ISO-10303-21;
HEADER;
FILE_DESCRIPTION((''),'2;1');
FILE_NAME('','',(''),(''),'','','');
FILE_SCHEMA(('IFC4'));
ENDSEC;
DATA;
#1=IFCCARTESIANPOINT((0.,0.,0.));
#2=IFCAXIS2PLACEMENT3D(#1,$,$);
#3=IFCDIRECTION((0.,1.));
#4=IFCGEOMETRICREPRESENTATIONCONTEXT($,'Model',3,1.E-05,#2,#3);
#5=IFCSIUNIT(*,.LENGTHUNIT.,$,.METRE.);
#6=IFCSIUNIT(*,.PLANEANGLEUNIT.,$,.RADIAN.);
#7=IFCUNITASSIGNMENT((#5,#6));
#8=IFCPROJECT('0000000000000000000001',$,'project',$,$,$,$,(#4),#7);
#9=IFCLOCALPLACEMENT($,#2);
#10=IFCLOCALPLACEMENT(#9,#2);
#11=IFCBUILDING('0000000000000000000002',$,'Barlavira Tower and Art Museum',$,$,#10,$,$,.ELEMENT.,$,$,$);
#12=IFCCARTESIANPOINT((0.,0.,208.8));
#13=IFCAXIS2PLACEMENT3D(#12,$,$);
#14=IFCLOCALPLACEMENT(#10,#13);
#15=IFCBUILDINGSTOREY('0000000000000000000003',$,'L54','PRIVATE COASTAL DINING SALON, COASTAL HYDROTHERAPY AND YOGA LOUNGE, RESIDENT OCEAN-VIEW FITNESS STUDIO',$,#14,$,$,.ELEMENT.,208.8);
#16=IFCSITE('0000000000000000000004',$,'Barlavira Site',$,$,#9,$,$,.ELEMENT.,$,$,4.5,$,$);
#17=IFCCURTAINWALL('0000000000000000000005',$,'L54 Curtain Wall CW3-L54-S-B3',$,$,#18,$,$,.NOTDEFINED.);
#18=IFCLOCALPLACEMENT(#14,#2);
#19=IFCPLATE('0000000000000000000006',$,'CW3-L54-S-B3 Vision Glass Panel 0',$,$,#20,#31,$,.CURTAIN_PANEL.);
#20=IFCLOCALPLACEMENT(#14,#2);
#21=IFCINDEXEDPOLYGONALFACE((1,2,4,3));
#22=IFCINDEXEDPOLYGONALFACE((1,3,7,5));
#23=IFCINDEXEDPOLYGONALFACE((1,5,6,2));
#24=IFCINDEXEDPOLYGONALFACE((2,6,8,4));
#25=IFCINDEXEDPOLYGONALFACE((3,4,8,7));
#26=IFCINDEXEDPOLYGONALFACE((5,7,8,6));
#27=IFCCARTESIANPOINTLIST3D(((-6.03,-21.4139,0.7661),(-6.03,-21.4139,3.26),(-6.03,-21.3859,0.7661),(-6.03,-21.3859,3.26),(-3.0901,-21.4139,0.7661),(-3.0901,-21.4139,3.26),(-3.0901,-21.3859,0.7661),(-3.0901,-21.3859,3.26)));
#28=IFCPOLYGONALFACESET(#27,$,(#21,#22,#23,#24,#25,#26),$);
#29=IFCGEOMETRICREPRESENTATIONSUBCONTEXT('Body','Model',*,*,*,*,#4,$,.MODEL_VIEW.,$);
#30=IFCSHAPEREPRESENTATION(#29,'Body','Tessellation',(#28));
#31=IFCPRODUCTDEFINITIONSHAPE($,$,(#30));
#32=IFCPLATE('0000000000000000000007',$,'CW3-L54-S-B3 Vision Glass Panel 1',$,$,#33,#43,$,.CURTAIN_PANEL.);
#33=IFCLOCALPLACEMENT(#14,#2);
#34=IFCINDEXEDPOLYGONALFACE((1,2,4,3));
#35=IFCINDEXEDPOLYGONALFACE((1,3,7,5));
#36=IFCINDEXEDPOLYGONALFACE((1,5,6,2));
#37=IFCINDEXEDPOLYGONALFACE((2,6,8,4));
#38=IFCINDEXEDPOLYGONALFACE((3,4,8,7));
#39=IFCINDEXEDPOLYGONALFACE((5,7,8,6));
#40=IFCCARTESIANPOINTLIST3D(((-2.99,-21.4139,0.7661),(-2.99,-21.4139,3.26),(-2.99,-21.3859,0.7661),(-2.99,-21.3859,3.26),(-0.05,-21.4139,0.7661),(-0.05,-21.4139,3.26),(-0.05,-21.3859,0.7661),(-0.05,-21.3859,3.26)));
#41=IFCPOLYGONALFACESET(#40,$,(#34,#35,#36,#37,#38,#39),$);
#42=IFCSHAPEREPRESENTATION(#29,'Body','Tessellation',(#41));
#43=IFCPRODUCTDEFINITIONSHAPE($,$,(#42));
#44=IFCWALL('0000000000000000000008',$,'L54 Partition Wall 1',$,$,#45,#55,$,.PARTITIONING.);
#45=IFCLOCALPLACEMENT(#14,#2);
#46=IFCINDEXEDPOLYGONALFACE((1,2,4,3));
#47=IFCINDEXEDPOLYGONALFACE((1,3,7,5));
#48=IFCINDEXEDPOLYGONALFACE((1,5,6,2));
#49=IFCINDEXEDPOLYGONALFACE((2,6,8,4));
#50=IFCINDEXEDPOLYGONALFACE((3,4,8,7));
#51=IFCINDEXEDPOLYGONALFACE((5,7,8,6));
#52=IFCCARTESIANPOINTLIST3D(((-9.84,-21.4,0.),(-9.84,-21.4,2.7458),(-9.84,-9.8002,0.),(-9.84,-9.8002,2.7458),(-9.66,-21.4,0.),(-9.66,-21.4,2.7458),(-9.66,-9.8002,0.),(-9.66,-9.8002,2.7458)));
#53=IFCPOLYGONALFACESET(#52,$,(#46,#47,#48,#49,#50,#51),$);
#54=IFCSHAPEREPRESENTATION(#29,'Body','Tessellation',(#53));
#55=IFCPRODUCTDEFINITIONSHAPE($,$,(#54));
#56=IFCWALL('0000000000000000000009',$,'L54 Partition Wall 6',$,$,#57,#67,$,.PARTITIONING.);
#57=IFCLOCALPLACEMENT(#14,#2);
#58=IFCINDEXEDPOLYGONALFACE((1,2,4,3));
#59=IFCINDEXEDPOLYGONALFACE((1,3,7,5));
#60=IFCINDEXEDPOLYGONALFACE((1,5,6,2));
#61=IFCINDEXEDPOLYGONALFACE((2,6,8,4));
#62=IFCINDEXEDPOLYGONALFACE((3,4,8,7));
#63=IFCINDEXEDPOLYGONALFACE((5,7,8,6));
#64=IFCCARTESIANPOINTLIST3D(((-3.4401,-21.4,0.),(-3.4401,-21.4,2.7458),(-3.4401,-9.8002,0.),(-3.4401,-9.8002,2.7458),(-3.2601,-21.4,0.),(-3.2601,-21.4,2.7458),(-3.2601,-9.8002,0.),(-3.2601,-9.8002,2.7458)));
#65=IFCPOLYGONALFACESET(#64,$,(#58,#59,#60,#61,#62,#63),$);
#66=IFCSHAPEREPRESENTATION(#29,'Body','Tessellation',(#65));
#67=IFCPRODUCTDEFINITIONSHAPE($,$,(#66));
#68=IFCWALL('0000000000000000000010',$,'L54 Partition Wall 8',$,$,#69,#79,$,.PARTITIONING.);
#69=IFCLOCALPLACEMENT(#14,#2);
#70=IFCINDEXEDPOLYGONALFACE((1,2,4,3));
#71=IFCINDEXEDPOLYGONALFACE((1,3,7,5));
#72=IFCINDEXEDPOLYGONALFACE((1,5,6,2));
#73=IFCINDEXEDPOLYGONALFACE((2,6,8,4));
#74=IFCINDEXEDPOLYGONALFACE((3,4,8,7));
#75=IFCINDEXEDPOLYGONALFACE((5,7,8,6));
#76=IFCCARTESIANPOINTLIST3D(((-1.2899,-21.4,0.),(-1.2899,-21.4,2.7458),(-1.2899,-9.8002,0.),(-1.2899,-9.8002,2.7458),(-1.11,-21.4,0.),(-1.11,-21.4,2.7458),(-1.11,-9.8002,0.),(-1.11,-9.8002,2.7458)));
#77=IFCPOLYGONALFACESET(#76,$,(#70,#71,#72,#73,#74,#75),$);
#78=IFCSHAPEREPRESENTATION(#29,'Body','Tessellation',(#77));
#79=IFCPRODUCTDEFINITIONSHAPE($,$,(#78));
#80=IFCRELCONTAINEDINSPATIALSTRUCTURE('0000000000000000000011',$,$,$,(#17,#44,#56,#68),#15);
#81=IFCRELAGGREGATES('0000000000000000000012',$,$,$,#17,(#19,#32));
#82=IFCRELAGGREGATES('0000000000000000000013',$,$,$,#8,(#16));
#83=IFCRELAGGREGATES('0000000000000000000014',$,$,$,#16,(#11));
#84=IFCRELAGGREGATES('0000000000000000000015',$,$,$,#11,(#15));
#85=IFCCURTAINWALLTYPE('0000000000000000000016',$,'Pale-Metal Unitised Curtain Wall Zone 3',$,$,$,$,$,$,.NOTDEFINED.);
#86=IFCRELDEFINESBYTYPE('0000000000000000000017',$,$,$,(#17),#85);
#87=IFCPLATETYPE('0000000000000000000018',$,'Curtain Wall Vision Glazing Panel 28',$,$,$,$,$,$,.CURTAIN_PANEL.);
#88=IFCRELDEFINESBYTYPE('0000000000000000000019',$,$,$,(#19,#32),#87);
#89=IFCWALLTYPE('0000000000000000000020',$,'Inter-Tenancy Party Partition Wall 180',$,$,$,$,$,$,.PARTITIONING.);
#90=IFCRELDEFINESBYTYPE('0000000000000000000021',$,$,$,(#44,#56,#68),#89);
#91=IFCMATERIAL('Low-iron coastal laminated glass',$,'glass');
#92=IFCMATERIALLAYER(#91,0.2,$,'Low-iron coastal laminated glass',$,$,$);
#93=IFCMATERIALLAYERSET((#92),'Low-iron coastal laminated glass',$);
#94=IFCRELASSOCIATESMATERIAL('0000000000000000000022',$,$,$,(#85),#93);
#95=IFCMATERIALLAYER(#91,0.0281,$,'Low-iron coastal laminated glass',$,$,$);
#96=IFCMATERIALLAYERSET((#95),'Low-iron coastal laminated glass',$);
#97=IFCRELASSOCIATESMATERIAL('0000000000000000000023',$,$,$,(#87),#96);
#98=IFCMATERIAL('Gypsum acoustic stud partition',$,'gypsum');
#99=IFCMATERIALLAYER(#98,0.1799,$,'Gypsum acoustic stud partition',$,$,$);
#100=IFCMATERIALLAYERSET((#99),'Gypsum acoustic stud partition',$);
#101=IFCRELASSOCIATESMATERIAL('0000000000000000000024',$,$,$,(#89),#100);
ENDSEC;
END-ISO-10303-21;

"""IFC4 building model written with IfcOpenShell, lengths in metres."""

from ifc_helpers import new_model, si_unit, direction, frame, frame_2d, origin, origin_2d, place, context, subcontext, project, spatial, rectangle, extrude, material, layer, layer_set, type_object, element, aggregate, save


model = new_model("IFC4")

# Units and contexts
model_context = context("Model", 3, precision=1e-05, world=origin(), true_north=direction((0.0, 1.0)))
body_context = subcontext(model_context, "Body", "Model", "MODEL_VIEW")
ifc_project = project(units=[si_unit("LENGTHUNIT", "METRE"), si_unit("PLANEANGLEUNIT", "RADIAN")], contexts=[model_context])

# Site, building, storey
site_placement = place(None, origin())
site = spatial("IfcSite", under=ifc_project, at=site_placement, Name="Barlavira Site", CompositionType="ELEMENT", RefElevation=4.5)
building_placement = place(site_placement, origin())
building = spatial("IfcBuilding", under=site, at=building_placement, Name="Barlavira Tower and Art Museum", CompositionType="ELEMENT")
storey_placement = place(building_placement, frame((0.0, 0.0, 208.8)))
storey = spatial("IfcBuildingStorey", under=building, at=storey_placement, Name="L54", Description="PRIVATE COASTAL DINING SALON, COASTAL HYDROTHERAPY AND YOGA LOUNGE, RESIDENT OCEAN-VIEW FITNESS STUDIO", CompositionType="ELEMENT", Elevation=208.8)

# Curtain wall
ifc_material_1 = material(Name="Low-iron coastal laminated glass", Category="glass")
ifc_layer_1 = layer(ifc_material_1, 0.2, Name="Low-iron coastal laminated glass")
ifc_layer_set_1 = layer_set([ifc_layer_1], Name="Low-iron coastal laminated glass")
curtain_wall_type = type_object("IfcCurtainWallType", Name="Pale-Metal Unitised Curtain Wall Zone 3", PredefinedType="NOTDEFINED", material=ifc_layer_set_1)
curtain_wall_placement = place(storey_placement, origin())
curtain_wall = element("IfcCurtainWall", 1, at=curtain_wall_placement, inside=storey, type_object=curtain_wall_type, Name="L54 Curtain Wall CW3-L54-S-B3", PredefinedType="NOTDEFINED")

# Plates
ifc_layer_2 = layer(ifc_material_1, 0.0281, Name="Low-iron coastal laminated glass")
ifc_layer_set_2 = layer_set([ifc_layer_2], Name="Low-iron coastal laminated glass")
plate_type_1 = type_object("IfcPlateType", Name="Curtain Wall Vision Glazing Panel 28", PredefinedType="CURTAIN_PANEL", material=ifc_layer_set_2)
plate_1_placement = place(storey_placement, frame((-4.5601, -21.3999, 0.7661), z_axis=(0.0, 0.0, 1.0), x_axis=(1.0, 0.0, 0.0)))
plate_1 = element("IfcPlate", 2, at=plate_1_placement, type_object=plate_type_1, Name="CW3-L54-S-B3 Vision Glass Panel 0", PredefinedType="CURTAIN_PANEL", context=body_context, shape_type="SweptSolid", body=[
    extrude(rectangle(XDim=2.9399, YDim=0.0281, at=origin_2d()), origin(), (0.0, 0.0, 1.0), 2.4939),
])
plate_2_placement = place(storey_placement, frame((-1.52, -21.3999, 0.7661), z_axis=(0.0, 0.0, 1.0), x_axis=(1.0, 0.0, 0.0)))
plate_2 = element("IfcPlate", 3, at=plate_2_placement, type_object=plate_type_1, Name="CW3-L54-S-B3 Vision Glass Panel 1", PredefinedType="CURTAIN_PANEL", context=body_context, shape_type="SweptSolid", body=[
    extrude(rectangle(XDim=2.9399, YDim=0.0281, at=origin_2d()), origin(), (0.0, 0.0, 1.0), 2.4939),
])
aggregate(curtain_wall, [plate_1, plate_2])

# Walls
ifc_material_2 = material(Name="Gypsum acoustic stud partition", Category="gypsum")
ifc_layer_3 = layer(ifc_material_2, 0.1799, Name="Gypsum acoustic stud partition")
ifc_layer_set_3 = layer_set([ifc_layer_3], Name="Gypsum acoustic stud partition")
wall_type = type_object("IfcWallType", Name="Inter-Tenancy Party Partition Wall 180", PredefinedType="PARTITIONING", material=ifc_layer_set_3)
for number, where, z_axis, x_axis, name in (
    (4, (-9.75, -21.3999, 0.0), (0.0, 0.0, 1.0), (0.0, 1.0, 0.0), "L54 Partition Wall 1"),
    (5, (-3.3501, -21.3999, 0.0), (0.0, 0.0, 1.0), (0.0, 1.0, 0.0), "L54 Partition Wall 6"),
    (6, (-1.2, -21.3999, 0.0), (0.0, 0.0, 1.0), (0.0, 1.0, 0.0), "L54 Partition Wall 8"),
):
    element("IfcWall", number, at=place(storey_placement, frame(where, z_axis=z_axis, x_axis=x_axis)), inside=storey, type_object=wall_type, Name=name, PredefinedType="PARTITIONING", context=body_context, shape_type="SweptSolid", body=[
        extrude(rectangle(XDim=11.5999, YDim=0.1799, at=frame_2d((5.7998, 0.0))), origin(), (0.0, 0.0, 1.0), 2.7458),
    ])

save(model, "model.ifc")
